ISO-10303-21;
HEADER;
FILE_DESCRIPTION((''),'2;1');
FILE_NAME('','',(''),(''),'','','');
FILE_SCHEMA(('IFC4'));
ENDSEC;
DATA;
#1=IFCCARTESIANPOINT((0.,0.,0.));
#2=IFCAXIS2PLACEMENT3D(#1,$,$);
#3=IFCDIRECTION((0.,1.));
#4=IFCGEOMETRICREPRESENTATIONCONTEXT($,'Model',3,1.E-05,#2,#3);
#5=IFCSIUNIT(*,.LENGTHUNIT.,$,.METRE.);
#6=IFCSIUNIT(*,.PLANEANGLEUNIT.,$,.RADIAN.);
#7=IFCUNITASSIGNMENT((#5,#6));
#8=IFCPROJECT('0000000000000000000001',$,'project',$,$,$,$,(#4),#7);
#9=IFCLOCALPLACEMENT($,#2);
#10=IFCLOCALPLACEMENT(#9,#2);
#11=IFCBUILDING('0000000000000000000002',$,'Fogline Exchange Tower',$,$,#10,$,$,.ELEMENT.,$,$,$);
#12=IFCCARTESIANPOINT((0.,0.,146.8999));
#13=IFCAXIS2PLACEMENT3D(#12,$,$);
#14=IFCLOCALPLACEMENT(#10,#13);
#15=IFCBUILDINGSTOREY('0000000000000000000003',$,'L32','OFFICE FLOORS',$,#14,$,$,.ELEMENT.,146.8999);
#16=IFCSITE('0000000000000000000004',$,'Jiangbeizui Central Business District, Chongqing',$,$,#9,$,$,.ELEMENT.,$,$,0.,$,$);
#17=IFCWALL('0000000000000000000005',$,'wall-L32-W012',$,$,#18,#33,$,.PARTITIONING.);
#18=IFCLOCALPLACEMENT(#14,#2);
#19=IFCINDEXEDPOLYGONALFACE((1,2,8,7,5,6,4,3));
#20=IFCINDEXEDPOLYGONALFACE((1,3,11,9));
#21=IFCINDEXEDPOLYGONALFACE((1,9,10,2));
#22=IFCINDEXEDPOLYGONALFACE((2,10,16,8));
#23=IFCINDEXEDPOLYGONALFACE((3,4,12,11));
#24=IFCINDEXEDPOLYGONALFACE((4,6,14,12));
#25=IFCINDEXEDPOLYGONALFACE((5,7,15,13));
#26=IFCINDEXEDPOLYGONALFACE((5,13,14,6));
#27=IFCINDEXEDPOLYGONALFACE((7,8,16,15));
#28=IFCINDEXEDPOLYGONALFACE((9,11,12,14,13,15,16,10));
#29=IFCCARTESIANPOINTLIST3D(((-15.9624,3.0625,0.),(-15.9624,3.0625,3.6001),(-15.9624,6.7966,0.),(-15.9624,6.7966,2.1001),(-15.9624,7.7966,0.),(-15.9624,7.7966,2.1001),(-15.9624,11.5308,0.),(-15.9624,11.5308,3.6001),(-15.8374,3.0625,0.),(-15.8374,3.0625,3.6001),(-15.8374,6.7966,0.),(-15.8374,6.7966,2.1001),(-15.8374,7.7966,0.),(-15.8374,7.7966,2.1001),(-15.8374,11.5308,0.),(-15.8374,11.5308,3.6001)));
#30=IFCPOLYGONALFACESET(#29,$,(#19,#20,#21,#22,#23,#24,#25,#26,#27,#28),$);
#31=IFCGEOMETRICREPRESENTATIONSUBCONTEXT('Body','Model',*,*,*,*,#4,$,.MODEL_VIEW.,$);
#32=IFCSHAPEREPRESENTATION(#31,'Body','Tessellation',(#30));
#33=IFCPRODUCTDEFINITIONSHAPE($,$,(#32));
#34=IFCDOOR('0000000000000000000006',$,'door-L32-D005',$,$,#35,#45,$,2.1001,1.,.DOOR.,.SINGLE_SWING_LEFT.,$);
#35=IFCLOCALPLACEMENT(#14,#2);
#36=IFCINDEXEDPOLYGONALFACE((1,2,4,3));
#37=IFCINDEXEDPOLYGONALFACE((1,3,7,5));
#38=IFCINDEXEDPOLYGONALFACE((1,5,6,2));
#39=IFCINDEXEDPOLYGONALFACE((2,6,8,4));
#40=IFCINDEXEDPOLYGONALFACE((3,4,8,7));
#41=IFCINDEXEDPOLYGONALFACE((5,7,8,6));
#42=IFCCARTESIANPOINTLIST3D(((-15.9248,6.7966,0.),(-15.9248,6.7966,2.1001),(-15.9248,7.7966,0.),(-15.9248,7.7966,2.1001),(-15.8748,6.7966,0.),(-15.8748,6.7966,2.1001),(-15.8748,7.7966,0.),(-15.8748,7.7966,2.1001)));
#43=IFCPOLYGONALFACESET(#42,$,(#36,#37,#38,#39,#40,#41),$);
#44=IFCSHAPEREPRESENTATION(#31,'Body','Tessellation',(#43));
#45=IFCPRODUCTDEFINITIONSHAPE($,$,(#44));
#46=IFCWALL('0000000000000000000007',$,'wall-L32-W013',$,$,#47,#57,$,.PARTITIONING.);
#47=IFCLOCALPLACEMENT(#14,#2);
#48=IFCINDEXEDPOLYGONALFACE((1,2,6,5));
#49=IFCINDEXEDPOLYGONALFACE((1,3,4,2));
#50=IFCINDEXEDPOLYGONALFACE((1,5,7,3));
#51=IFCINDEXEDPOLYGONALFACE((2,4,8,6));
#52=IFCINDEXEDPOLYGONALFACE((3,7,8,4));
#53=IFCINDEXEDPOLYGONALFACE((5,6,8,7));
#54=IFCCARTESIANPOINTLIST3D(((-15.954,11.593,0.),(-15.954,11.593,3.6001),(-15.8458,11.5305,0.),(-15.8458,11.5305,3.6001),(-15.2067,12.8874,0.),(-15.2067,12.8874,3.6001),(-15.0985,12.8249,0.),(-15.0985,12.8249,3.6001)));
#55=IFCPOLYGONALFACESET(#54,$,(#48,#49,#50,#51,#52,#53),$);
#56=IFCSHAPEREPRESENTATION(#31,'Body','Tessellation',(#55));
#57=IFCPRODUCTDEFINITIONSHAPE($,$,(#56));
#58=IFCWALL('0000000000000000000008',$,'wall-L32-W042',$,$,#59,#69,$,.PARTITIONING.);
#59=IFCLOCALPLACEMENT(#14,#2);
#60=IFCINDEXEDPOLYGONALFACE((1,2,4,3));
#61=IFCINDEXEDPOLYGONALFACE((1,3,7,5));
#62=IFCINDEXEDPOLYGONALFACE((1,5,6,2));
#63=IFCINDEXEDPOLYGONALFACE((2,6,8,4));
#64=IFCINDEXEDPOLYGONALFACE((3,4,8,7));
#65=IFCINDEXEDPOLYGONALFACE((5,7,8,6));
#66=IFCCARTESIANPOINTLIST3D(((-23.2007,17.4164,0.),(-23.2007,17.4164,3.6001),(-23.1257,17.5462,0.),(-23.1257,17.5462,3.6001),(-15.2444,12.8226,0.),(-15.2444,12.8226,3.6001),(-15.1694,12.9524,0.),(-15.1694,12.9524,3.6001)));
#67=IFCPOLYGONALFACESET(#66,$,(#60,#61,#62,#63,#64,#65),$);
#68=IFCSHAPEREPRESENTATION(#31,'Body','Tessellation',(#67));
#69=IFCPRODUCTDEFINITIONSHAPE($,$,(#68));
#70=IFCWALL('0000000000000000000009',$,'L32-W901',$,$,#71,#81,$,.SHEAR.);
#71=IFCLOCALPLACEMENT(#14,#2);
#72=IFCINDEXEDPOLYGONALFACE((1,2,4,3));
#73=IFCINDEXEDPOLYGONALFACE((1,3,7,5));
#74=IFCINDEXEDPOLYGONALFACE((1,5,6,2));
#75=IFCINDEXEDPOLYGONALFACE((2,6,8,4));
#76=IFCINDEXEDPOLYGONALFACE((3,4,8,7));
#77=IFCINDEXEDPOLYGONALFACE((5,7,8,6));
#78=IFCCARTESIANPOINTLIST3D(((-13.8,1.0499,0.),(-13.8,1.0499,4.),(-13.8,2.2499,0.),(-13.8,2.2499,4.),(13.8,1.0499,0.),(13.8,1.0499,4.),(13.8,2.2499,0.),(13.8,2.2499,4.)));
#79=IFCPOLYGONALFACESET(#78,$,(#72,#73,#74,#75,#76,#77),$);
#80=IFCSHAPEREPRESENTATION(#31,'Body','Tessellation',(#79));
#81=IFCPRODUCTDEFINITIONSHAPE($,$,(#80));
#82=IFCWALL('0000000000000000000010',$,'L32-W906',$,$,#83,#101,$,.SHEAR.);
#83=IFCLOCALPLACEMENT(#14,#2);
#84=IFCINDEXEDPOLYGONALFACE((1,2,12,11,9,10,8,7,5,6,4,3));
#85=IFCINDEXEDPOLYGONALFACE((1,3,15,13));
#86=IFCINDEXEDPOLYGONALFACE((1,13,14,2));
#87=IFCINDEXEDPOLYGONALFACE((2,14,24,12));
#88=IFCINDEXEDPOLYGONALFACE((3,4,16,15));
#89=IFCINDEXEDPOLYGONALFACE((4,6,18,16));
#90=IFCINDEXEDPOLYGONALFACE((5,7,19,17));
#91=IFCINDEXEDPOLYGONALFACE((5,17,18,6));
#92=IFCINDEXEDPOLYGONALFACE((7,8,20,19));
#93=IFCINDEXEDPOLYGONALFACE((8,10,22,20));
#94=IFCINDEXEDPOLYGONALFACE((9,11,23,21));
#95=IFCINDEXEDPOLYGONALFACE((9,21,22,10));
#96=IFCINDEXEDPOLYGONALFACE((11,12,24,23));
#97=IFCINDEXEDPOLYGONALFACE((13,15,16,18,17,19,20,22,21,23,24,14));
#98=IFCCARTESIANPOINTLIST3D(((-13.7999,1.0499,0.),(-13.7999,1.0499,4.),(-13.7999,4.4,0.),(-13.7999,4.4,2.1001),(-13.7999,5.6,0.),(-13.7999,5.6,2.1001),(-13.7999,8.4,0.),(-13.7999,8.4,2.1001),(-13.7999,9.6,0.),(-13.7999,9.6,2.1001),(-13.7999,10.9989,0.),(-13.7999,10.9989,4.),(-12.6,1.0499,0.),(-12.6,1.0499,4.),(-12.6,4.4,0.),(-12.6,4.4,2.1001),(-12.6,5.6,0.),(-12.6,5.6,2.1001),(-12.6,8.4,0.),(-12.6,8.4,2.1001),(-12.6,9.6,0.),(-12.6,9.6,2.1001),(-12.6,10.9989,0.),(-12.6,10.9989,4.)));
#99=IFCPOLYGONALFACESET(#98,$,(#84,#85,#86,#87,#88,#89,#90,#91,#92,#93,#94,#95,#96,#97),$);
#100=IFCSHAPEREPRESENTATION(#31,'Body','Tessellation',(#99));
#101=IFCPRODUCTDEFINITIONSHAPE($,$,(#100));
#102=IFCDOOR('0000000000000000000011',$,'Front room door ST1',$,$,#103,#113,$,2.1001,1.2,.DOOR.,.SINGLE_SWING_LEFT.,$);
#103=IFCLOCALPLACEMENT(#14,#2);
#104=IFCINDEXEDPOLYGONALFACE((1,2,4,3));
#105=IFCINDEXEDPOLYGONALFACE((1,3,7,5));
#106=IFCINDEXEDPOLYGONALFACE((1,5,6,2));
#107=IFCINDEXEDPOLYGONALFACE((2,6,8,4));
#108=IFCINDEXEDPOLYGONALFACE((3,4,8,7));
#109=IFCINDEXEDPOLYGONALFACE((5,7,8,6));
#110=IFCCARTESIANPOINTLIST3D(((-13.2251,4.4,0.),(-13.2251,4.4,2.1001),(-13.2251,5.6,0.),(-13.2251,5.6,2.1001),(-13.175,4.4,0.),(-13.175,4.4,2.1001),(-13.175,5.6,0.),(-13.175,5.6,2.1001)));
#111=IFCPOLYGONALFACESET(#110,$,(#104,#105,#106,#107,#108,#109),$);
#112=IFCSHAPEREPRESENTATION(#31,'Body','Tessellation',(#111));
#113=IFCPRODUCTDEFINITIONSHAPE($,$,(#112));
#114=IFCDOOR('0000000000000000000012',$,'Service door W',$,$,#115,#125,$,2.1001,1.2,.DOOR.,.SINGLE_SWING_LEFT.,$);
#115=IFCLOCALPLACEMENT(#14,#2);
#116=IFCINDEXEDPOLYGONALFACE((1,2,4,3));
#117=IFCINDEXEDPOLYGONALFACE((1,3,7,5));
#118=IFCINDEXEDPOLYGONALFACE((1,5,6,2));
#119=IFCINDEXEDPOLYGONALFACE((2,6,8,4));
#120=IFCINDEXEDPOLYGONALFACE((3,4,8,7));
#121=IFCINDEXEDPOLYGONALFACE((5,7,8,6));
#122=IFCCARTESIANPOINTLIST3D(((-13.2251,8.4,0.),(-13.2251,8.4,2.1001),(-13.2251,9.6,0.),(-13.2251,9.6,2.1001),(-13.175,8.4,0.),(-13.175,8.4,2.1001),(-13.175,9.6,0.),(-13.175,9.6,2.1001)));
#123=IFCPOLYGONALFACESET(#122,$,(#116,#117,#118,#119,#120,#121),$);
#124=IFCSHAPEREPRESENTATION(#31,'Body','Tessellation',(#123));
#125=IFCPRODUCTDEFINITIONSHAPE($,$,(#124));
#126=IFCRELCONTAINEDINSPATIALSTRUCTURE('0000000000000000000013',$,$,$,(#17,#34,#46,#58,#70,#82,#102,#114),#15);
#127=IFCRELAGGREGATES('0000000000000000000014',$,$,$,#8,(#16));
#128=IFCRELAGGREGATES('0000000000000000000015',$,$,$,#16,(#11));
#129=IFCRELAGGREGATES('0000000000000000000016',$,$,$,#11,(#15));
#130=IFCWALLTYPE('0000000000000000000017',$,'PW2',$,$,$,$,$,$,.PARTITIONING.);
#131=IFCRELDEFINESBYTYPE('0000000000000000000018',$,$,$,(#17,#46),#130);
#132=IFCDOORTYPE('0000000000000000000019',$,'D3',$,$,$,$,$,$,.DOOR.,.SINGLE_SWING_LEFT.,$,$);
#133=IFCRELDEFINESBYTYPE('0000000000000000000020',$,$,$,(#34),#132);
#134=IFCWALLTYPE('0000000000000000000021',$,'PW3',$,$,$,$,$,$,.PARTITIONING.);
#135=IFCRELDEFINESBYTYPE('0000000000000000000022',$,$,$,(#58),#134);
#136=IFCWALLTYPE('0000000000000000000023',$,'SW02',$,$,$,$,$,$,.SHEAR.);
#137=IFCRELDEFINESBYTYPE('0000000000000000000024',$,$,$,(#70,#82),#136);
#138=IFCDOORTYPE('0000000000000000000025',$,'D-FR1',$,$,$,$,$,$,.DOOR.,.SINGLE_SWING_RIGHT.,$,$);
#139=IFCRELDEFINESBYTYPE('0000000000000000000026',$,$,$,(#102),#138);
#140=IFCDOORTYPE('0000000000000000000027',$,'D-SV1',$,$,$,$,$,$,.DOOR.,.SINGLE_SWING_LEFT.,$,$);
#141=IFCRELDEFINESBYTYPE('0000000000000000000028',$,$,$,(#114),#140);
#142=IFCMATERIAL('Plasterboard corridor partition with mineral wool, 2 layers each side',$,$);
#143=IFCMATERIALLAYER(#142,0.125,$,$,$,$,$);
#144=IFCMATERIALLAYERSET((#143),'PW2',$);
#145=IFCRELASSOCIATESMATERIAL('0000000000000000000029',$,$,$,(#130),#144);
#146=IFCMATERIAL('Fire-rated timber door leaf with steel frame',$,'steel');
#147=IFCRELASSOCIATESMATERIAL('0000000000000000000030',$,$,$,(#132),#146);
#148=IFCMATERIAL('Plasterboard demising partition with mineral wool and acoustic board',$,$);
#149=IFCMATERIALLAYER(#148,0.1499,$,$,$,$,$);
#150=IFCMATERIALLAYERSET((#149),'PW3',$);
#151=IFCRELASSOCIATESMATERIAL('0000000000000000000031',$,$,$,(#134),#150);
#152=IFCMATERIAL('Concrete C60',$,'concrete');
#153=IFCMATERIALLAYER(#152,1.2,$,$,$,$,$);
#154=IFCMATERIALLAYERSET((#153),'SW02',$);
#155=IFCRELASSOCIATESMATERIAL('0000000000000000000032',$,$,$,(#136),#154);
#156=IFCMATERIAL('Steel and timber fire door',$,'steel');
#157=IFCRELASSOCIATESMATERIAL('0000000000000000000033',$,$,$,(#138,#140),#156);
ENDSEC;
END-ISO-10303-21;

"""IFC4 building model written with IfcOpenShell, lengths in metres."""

from ifc_helpers import new_model, si_unit, direction, frame, frame_2d, origin, place, context, subcontext, project, spatial, rectangle, extrude, material, layer, layer_set, type_object, element, fill, save


model = new_model("IFC4")

# Units and contexts
model_context = context("Model", 3, precision=1e-05, world=origin(), true_north=direction((0.0, 1.0)))
body_context = subcontext(model_context, "Body", "Model", "MODEL_VIEW")
ifc_project = project(units=[si_unit("LENGTHUNIT", "METRE"), si_unit("PLANEANGLEUNIT", "RADIAN")], contexts=[model_context])

# Site, building, storey
site_placement = place(None, origin())
site = spatial("IfcSite", under=ifc_project, at=site_placement, Name="Jiangbeizui Central Business District, Chongqing", CompositionType="ELEMENT", RefElevation=0.0)
building_placement = place(site_placement, origin())
building = spatial("IfcBuilding", under=site, at=building_placement, Name="Fogline Exchange Tower", CompositionType="ELEMENT")
storey_placement = place(building_placement, frame((0.0, 0.0, 146.8999)))
storey = spatial("IfcBuildingStorey", under=building, at=storey_placement, Name="L32", Description="OFFICE FLOORS", CompositionType="ELEMENT", Elevation=146.8999)

# Shared definitions
ifc_material_1 = material(Name="Steel and timber fire door", Category="steel")

# Shared definitions
ifc_material_2 = material(Name="Plasterboard corridor partition with mineral wool, 2 layers each side")
ifc_layer_1 = layer(ifc_material_2, 0.125)
ifc_layer_set_1 = layer_set([ifc_layer_1], Name="PW2")
wall_type_1 = type_object("IfcWallType", Name="PW2", PredefinedType="PARTITIONING", material=ifc_layer_set_1)

# Wall, opening, door
wall_1_placement = place(storey_placement, frame((-15.8999, 3.0625, 0.0), z_axis=(0.0, 0.0, 1.0), x_axis=(0.0, 1.0, 0.0)))
wall_1 = element("IfcWall", 1, at=wall_1_placement, inside=storey, type_object=wall_type_1, Name="wall-L32-W012", PredefinedType="PARTITIONING", context=body_context, shape_type="SweptSolid", body=[
    extrude(rectangle(XDim=8.4683, YDim=0.125, at=frame_2d((4.2341, 0.0))), origin(), (0.0, 0.0, 1.0), 3.6001),
])
opening_1_placement = place(wall_1_placement, frame((3.7341, 0.0, 0.0)))
opening_1 = element("IfcOpeningElement", 2, at=opening_1_placement, cuts=wall_1, PredefinedType="OPENING", context=body_context, shape_type="SweptSolid", body=[
    extrude(rectangle(XDim=1.0, YDim=2.1001, at=frame_2d((0.5, 1.05))), frame((0.0, 0.0725, 0.0), z_axis=(0.0, -1.0, 0.0), x_axis=(1.0, 0.0, 0.0)), (0.0, 0.0, 1.0), 0.145),
])
ifc_material_3 = material(Name="Fire-rated timber door leaf with steel frame", Category="steel")
door_type_1 = type_object("IfcDoorType", Name="D3", OperationType="SINGLE_SWING_LEFT", PredefinedType="DOOR", material=ifc_material_3)
door_1_placement = place(opening_1_placement, origin())
door_1 = element("IfcDoor", 3, at=door_1_placement, inside=storey, type_object=door_type_1, Name="door-L32-D005", OperationType="SINGLE_SWING_LEFT", OverallHeight=2.1001, OverallWidth=1.0, PredefinedType="DOOR", context=body_context, shape_type="SweptSolid", body=[
    extrude(rectangle(XDim=1.0, YDim=2.1001, at=frame_2d((0.5, 1.05))), frame((0.0, 0.0249, 0.0), z_axis=(0.0, -1.0, 0.0), x_axis=(1.0, 0.0, 0.0)), (0.0, 0.0, 1.0), 0.05),
])
fill(opening_1, door_1)

# Walls
wall_2_placement = place(storey_placement, frame((-15.8999, 11.5618, 0.0), z_axis=(0.0, 0.0, 1.0), x_axis=(0.499986, 0.866033, 0.0)))
element("IfcWall", 4, at=wall_2_placement, inside=storey, type_object=wall_type_1, Name="wall-L32-W013", PredefinedType="PARTITIONING", context=body_context, shape_type="SweptSolid", body=[
    extrude(rectangle(XDim=1.4946, YDim=0.125, at=frame_2d((0.7473, 0.0))), origin(), (0.0, 0.0, 1.0), 3.6001),
])
ifc_material_4 = material(Name="Plasterboard demising partition with mineral wool and acoustic board")
ifc_layer_2 = layer(ifc_material_4, 0.1499)
ifc_layer_set_2 = layer_set([ifc_layer_2], Name="PW3")
wall_type_2 = type_object("IfcWallType", Name="PW3", PredefinedType="PARTITIONING", material=ifc_layer_set_2)
wall_3_placement = place(storey_placement, frame((-15.2068, 12.8875, 0.0), z_axis=(0.0, 0.0, 1.0), x_axis=(-0.866017, 0.500015, 0.0)))
element("IfcWall", 5, at=wall_3_placement, inside=storey, type_object=wall_type_2, Name="wall-L32-W042", PredefinedType="PARTITIONING", context=body_context, shape_type="SweptSolid", body=[
    extrude(rectangle(XDim=9.1873, YDim=0.1499, at=frame_2d((4.5938, 0.0))), origin(), (0.0, 0.0, 1.0), 3.6001),
])
ifc_material_5 = material(Name="Concrete C60", Category="concrete")
ifc_layer_3 = layer(ifc_material_5, 1.2)
ifc_layer_set_3 = layer_set([ifc_layer_3], Name="SW02")
wall_type_3 = type_object("IfcWallType", Name="SW02", PredefinedType="SHEAR", material=ifc_layer_set_3)
wall_4_placement = place(storey_placement, frame((-13.8, 1.6499, 0.0), z_axis=(0.0, 0.0, 1.0), x_axis=(1.0, 0.0, 0.0)))
element("IfcWall", 6, at=wall_4_placement, inside=storey, type_object=wall_type_3, Name="L32-W901", PredefinedType="SHEAR", context=body_context, shape_type="SweptSolid", body=[
    extrude(rectangle(XDim=27.6001, YDim=1.2, at=frame_2d((13.8, 0.0))), origin(), (0.0, 0.0, 1.0), 4.0),
])

# Wall, openings, doors
wall_5_placement = place(storey_placement, frame((-13.2, 10.999, 0.0), z_axis=(0.0, 0.0, 1.0), x_axis=(0.0, -1.0, 0.0)))
wall_5 = element("IfcWall", 7, at=wall_5_placement, inside=storey, type_object=wall_type_3, Name="L32-W906", PredefinedType="SHEAR", context=body_context, shape_type="SweptSolid", body=[
    extrude(rectangle(XDim=9.949, YDim=1.2, at=frame_2d((4.9746, 0.0))), origin(), (0.0, 0.0, 1.0), 4.0),
])
opening_2_placement = place(wall_5_placement, frame((5.3989, 0.0, 0.0)))
opening_2 = element("IfcOpeningElement", 8, at=opening_2_placement, cuts=wall_5, PredefinedType="OPENING", context=body_context, shape_type="SweptSolid", body=[
    extrude(rectangle(XDim=1.2, YDim=2.1001, at=frame_2d((0.6001, 1.05))), frame((0.0, 0.6099, 0.0), z_axis=(0.0, -1.0, 0.0), x_axis=(1.0, 0.0, 0.0)), (0.0, 0.0, 1.0), 1.22),
])
opening_3_placement = place(wall_5_placement, frame((1.3989, 0.0, 0.0)))
opening_3 = element("IfcOpeningElement", 9, at=opening_3_placement, cuts=wall_5, PredefinedType="OPENING", context=body_context, shape_type="SweptSolid", body=[
    extrude(rectangle(XDim=1.2, YDim=2.1001, at=frame_2d((0.6001, 1.05))), frame((0.0, 0.6099, 0.0), z_axis=(0.0, -1.0, 0.0), x_axis=(1.0, 0.0, 0.0)), (0.0, 0.0, 1.0), 1.22),
])
door_type_2 = type_object("IfcDoorType", Name="D-FR1", OperationType="SINGLE_SWING_RIGHT", PredefinedType="DOOR", material=ifc_material_1)
door_2_placement = place(opening_2_placement, origin())
door_2 = element("IfcDoor", 10, at=door_2_placement, inside=storey, type_object=door_type_2, Name="Front room door ST1", OperationType="SINGLE_SWING_LEFT", OverallHeight=2.1001, OverallWidth=1.2, PredefinedType="DOOR", context=body_context, shape_type="SweptSolid", body=[
    extrude(rectangle(XDim=1.2, YDim=2.1001, at=frame_2d((0.6001, 1.05))), frame((0.0, 0.0249, 0.0), z_axis=(0.0, -1.0, 0.0), x_axis=(1.0, 0.0, 0.0)), (0.0, 0.0, 1.0), 0.05),
])
fill(opening_2, door_2)
door_type_3 = type_object("IfcDoorType", Name="D-SV1", OperationType="SINGLE_SWING_LEFT", PredefinedType="DOOR", material=ifc_material_1)
door_3_placement = place(opening_3_placement, origin())
door_3 = element("IfcDoor", 11, at=door_3_placement, inside=storey, type_object=door_type_3, Name="Service door W", OperationType="SINGLE_SWING_LEFT", OverallHeight=2.1001, OverallWidth=1.2, PredefinedType="DOOR", context=body_context, shape_type="SweptSolid", body=[
    extrude(rectangle(XDim=1.2, YDim=2.1001, at=frame_2d((0.6001, 1.05))), frame((0.0, 0.0249, 0.0), z_axis=(0.0, -1.0, 0.0), x_axis=(1.0, 0.0, 0.0)), (0.0, 0.0, 1.0), 0.05),
])
fill(opening_3, door_3)

save(model, "model.ifc")
